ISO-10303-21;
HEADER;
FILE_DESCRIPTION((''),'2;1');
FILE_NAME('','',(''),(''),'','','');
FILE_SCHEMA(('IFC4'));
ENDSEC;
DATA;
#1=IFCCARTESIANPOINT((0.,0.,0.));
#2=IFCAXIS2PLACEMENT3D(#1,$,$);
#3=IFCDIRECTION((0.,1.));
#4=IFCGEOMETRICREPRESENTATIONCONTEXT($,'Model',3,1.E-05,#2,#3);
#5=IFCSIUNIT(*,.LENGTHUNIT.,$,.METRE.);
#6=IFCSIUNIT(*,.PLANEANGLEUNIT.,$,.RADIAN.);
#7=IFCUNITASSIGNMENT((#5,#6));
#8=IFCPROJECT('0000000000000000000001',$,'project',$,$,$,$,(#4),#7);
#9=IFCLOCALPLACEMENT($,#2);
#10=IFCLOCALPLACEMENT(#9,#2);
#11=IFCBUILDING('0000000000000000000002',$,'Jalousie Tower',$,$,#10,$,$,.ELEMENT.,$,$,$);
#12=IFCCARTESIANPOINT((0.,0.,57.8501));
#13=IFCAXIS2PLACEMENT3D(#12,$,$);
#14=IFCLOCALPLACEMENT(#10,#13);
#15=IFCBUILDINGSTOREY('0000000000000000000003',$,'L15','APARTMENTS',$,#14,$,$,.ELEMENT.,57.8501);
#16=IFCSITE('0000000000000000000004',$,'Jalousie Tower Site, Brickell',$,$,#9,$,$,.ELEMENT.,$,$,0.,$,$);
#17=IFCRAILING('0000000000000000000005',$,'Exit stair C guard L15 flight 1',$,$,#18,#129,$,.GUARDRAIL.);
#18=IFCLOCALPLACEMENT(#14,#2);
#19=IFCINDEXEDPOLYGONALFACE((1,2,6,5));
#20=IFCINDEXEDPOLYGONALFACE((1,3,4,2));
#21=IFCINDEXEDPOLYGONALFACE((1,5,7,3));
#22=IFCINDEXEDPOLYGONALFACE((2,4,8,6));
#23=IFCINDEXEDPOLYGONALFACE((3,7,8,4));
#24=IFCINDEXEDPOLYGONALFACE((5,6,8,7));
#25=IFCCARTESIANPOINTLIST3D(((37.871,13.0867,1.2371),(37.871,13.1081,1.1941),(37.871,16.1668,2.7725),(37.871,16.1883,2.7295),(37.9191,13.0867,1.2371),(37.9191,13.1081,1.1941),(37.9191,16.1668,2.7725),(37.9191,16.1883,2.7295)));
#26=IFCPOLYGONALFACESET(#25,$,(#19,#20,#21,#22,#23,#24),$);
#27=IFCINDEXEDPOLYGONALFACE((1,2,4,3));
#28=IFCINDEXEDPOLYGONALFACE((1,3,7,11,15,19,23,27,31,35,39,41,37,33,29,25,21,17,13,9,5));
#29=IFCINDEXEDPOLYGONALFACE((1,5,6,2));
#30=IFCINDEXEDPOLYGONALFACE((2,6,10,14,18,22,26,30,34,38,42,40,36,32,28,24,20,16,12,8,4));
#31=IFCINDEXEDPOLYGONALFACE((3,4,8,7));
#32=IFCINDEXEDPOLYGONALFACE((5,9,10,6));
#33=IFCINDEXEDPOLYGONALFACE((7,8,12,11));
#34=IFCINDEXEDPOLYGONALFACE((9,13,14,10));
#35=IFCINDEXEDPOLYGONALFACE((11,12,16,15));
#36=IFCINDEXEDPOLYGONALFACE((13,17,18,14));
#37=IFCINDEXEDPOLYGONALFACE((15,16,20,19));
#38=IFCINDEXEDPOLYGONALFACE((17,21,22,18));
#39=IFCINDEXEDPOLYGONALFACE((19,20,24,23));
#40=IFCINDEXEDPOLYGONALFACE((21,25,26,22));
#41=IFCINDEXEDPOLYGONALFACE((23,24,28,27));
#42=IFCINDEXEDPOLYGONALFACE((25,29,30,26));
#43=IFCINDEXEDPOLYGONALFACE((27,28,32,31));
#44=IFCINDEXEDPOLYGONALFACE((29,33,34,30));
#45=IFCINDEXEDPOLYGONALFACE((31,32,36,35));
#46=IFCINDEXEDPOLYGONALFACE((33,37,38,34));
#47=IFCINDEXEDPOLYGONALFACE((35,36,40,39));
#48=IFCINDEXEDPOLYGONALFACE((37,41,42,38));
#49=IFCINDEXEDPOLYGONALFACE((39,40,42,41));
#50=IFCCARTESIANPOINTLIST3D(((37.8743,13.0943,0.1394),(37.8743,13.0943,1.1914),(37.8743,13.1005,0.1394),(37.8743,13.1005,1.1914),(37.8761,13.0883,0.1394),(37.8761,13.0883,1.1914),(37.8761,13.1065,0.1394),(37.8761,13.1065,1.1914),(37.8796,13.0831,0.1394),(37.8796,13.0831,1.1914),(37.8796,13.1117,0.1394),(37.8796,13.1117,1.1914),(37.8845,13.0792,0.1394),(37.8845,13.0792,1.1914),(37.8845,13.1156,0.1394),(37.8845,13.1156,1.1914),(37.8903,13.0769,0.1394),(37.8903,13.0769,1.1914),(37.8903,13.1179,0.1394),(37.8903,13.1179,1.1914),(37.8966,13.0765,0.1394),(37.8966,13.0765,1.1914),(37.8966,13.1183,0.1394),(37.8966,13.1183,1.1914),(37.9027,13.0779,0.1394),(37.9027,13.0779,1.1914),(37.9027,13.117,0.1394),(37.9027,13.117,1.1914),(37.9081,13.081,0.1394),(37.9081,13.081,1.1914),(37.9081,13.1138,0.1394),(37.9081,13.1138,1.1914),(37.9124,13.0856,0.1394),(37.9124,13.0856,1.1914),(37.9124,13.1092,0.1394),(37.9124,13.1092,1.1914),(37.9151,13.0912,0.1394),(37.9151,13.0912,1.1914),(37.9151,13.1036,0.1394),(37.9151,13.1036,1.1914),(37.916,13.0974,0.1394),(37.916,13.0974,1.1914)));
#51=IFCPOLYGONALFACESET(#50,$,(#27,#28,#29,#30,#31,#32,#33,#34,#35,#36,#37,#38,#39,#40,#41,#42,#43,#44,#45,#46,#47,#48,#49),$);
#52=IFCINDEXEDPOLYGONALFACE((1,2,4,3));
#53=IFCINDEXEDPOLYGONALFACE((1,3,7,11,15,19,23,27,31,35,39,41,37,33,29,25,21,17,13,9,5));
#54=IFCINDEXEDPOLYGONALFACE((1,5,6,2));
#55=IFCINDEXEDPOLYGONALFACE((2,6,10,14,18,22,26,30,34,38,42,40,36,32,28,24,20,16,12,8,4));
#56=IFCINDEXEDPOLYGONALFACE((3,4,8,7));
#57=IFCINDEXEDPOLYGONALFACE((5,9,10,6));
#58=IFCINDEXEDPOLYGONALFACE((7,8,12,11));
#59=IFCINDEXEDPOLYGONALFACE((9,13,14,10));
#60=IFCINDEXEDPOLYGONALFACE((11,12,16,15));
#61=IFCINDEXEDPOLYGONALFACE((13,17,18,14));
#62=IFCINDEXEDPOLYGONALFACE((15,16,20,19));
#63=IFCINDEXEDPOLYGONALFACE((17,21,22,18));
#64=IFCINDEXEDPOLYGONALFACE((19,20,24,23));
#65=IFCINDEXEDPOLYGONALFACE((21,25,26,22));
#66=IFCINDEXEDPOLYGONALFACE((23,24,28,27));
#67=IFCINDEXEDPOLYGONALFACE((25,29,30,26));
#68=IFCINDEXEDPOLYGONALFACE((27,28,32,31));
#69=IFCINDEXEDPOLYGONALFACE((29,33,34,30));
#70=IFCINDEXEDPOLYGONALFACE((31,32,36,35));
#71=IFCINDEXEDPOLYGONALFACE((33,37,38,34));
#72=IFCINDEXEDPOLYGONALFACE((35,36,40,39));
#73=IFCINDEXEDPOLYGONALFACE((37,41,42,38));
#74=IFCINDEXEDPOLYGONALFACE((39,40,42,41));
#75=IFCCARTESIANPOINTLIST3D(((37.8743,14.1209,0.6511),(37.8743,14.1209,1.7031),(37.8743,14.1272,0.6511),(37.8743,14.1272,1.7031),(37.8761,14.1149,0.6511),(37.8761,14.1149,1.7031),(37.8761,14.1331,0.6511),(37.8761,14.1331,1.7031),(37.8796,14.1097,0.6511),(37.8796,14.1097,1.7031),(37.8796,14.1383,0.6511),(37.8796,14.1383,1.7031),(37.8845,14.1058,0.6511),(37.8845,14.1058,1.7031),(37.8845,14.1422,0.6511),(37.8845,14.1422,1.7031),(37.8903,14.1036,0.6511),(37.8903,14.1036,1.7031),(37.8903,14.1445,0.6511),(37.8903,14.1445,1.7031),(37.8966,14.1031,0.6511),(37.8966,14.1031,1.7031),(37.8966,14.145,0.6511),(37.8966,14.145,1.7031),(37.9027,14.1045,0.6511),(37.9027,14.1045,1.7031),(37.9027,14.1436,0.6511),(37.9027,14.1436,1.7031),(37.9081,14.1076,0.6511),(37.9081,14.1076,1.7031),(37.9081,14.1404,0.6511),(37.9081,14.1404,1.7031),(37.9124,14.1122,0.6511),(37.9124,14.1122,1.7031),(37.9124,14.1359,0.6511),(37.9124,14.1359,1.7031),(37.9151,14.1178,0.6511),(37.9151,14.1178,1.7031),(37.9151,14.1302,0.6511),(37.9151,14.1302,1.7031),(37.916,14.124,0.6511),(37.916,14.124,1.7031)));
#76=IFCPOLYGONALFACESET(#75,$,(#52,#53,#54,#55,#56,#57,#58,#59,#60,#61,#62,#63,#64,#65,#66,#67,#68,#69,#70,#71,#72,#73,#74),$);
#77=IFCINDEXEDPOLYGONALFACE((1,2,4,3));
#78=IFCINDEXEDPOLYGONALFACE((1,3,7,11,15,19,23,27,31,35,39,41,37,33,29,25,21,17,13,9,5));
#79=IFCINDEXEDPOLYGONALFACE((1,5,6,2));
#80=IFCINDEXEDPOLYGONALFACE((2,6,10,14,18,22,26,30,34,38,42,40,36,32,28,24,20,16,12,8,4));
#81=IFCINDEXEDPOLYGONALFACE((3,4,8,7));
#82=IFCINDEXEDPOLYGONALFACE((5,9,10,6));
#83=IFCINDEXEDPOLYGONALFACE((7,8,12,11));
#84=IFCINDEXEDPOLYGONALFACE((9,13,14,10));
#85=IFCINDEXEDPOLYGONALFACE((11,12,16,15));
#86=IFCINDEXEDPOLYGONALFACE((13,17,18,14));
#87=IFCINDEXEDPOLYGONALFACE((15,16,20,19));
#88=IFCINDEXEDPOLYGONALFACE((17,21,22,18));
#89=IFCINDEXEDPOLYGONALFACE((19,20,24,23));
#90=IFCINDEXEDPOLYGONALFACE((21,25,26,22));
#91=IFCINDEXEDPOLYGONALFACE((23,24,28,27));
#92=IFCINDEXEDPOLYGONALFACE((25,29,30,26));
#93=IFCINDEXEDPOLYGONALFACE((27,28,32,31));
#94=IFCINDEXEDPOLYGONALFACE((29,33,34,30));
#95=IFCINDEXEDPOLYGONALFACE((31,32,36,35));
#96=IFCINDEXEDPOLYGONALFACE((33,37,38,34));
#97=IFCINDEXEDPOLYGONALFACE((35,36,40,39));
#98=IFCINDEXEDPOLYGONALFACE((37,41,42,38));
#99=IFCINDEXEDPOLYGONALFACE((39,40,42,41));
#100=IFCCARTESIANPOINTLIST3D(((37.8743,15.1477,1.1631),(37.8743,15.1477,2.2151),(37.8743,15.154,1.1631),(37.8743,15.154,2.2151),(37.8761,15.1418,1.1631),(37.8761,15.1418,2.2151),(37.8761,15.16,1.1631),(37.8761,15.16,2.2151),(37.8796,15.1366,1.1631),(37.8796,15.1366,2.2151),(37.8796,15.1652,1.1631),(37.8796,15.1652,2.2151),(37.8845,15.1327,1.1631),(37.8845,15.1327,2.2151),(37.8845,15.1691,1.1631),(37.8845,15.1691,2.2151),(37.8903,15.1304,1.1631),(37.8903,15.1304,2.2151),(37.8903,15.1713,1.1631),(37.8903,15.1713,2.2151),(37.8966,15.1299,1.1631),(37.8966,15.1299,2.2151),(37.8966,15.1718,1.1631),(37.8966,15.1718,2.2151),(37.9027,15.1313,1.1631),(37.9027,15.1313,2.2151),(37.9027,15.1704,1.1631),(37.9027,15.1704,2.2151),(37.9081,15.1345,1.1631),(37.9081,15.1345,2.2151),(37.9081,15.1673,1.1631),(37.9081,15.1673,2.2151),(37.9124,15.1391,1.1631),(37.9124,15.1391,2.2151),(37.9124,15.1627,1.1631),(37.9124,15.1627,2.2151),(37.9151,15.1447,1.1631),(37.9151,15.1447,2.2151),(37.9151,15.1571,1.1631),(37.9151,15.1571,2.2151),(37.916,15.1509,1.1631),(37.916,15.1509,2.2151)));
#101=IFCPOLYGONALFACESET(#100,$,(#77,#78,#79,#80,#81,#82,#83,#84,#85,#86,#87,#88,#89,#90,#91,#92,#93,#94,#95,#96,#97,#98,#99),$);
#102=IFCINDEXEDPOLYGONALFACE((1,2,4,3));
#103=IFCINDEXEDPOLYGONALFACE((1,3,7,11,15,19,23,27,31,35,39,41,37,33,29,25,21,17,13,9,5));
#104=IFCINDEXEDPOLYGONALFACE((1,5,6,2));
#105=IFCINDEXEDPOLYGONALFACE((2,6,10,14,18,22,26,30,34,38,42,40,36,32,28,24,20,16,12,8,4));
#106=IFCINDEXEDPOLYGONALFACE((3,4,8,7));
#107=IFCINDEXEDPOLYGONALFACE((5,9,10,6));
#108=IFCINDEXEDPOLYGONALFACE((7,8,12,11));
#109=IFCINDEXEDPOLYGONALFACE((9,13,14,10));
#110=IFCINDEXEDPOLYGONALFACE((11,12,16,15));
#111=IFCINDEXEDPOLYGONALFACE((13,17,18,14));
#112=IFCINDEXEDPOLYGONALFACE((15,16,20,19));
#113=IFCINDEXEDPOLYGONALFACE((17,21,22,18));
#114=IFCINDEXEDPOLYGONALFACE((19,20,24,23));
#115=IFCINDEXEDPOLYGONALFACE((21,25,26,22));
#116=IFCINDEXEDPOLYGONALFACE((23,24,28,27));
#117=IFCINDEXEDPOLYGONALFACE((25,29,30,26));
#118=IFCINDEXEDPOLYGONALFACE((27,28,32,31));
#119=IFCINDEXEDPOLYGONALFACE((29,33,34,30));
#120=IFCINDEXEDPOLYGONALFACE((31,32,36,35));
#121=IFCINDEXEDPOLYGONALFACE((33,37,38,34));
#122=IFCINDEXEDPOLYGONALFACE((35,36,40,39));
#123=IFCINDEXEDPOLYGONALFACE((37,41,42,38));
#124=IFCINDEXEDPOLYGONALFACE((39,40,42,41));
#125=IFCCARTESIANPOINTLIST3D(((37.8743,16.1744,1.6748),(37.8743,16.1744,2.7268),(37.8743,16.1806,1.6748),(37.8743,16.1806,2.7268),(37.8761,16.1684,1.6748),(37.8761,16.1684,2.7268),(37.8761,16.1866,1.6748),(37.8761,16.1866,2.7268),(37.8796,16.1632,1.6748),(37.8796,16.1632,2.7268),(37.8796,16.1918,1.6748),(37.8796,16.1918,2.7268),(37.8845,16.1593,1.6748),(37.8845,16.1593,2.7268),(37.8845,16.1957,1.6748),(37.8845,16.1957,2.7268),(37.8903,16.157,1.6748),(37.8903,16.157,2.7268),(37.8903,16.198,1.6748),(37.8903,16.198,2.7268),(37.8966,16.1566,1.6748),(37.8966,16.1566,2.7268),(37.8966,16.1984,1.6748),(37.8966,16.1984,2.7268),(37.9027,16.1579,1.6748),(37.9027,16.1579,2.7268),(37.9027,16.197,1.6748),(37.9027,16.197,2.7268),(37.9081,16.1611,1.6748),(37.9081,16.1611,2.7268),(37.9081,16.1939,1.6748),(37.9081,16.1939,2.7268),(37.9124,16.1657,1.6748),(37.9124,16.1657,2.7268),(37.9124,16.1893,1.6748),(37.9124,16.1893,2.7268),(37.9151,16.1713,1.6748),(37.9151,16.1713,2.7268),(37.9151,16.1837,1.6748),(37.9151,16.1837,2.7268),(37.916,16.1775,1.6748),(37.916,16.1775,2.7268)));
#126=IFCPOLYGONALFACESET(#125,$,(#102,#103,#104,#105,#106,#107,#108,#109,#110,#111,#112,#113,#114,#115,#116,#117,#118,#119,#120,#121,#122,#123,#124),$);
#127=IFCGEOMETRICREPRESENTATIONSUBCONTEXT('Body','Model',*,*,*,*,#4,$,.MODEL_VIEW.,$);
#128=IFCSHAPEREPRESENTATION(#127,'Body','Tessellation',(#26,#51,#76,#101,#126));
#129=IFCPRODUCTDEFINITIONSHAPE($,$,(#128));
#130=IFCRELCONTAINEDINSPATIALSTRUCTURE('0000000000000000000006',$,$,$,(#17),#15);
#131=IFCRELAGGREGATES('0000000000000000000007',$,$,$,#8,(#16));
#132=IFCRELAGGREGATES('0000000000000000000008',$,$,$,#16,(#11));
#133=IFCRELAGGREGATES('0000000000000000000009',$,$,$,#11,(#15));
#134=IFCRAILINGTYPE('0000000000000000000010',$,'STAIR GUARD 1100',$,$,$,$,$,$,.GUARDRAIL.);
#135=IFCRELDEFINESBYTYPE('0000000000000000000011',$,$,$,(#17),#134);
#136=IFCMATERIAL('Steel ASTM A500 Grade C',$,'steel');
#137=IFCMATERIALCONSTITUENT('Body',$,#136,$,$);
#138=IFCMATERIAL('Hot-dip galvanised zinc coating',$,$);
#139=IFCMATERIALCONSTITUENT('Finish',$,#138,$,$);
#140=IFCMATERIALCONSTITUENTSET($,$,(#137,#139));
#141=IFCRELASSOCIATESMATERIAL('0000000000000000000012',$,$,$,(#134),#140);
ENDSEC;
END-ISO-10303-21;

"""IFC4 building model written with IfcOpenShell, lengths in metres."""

from ifc_helpers import new_model, si_unit, direction, frame, origin, origin_2d, place, context, subcontext, project, spatial, rectangle, circle, extrude, material, constituent, constituent_set, type_object, element, save


model = new_model("IFC4")

# Units and contexts
model_context = context("Model", 3, precision=1e-05, world=origin(), true_north=direction((0.0, 1.0)))
body_context = subcontext(model_context, "Body", "Model", "MODEL_VIEW")
ifc_project = project(units=[si_unit("LENGTHUNIT", "METRE"), si_unit("PLANEANGLEUNIT", "RADIAN")], contexts=[model_context])

# Site, building, storey
site_placement = place(None, origin())
site = spatial("IfcSite", under=ifc_project, at=site_placement, Name="Jalousie Tower Site, Brickell", CompositionType="ELEMENT", RefElevation=0.0)
building_placement = place(site_placement, origin())
building = spatial("IfcBuilding", under=site, at=building_placement, Name="Jalousie Tower", CompositionType="ELEMENT")
storey_placement = place(building_placement, frame((0.0, 0.0, 57.8501)))
storey = spatial("IfcBuildingStorey", under=building, at=storey_placement, Name="L15", Description="APARTMENTS", CompositionType="ELEMENT", Elevation=57.8501)

# Railing
ifc_material_1 = material(Name="Steel ASTM A500 Grade C", Category="steel")
ifc_constituent_1 = constituent(ifc_material_1, Name="Body")
ifc_material_2 = material(Name="Hot-dip galvanised zinc coating")
ifc_constituent_2 = constituent(ifc_material_2, Name="Finish")
ifc_constituent_set_1 = constituent_set(constituents=[ifc_constituent_1, ifc_constituent_2])
railing_type_1 = type_object("IfcRailingType", Name="STAIR GUARD 1100", PredefinedType="GUARDRAIL", material=ifc_constituent_set_1)
railing_1_placement = place(storey_placement, frame((37.895, 13.0974, 0.1394)))
element("IfcRailing", 1, at=railing_1_placement, inside=storey, type_object=railing_type_1, Name="Exit stair C guard L15 flight 1", PredefinedType="GUARDRAIL", context=body_context, shape_type="SweptSolid", body=[
    extrude(rectangle(XDim=0.0481, YDim=0.0481, at=origin_2d()), frame((0.0, 0.0, 1.0762), z_axis=(0.0, 0.894966, 0.446135), x_axis=(-1.0, 0.0, 0.0)), (0.0, 0.0, 1.0), 3.4417),
    extrude(circle(Radius=0.021, at=origin_2d()), origin(), (0.0, 0.0, 1.0), 1.052),
    extrude(circle(Radius=0.021, at=origin_2d()), frame((0.0, 1.0266, 0.5117)), (0.0, 0.0, 1.0), 1.052),
    extrude(circle(Radius=0.021, at=origin_2d()), frame((0.0, 2.0535, 1.0237)), (0.0, 0.0, 1.0), 1.052),
    extrude(circle(Radius=0.021, at=origin_2d()), frame((0.0, 3.0801, 1.5354)), (0.0, 0.0, 1.0), 1.052),
])

save(model, "model.ifc")
